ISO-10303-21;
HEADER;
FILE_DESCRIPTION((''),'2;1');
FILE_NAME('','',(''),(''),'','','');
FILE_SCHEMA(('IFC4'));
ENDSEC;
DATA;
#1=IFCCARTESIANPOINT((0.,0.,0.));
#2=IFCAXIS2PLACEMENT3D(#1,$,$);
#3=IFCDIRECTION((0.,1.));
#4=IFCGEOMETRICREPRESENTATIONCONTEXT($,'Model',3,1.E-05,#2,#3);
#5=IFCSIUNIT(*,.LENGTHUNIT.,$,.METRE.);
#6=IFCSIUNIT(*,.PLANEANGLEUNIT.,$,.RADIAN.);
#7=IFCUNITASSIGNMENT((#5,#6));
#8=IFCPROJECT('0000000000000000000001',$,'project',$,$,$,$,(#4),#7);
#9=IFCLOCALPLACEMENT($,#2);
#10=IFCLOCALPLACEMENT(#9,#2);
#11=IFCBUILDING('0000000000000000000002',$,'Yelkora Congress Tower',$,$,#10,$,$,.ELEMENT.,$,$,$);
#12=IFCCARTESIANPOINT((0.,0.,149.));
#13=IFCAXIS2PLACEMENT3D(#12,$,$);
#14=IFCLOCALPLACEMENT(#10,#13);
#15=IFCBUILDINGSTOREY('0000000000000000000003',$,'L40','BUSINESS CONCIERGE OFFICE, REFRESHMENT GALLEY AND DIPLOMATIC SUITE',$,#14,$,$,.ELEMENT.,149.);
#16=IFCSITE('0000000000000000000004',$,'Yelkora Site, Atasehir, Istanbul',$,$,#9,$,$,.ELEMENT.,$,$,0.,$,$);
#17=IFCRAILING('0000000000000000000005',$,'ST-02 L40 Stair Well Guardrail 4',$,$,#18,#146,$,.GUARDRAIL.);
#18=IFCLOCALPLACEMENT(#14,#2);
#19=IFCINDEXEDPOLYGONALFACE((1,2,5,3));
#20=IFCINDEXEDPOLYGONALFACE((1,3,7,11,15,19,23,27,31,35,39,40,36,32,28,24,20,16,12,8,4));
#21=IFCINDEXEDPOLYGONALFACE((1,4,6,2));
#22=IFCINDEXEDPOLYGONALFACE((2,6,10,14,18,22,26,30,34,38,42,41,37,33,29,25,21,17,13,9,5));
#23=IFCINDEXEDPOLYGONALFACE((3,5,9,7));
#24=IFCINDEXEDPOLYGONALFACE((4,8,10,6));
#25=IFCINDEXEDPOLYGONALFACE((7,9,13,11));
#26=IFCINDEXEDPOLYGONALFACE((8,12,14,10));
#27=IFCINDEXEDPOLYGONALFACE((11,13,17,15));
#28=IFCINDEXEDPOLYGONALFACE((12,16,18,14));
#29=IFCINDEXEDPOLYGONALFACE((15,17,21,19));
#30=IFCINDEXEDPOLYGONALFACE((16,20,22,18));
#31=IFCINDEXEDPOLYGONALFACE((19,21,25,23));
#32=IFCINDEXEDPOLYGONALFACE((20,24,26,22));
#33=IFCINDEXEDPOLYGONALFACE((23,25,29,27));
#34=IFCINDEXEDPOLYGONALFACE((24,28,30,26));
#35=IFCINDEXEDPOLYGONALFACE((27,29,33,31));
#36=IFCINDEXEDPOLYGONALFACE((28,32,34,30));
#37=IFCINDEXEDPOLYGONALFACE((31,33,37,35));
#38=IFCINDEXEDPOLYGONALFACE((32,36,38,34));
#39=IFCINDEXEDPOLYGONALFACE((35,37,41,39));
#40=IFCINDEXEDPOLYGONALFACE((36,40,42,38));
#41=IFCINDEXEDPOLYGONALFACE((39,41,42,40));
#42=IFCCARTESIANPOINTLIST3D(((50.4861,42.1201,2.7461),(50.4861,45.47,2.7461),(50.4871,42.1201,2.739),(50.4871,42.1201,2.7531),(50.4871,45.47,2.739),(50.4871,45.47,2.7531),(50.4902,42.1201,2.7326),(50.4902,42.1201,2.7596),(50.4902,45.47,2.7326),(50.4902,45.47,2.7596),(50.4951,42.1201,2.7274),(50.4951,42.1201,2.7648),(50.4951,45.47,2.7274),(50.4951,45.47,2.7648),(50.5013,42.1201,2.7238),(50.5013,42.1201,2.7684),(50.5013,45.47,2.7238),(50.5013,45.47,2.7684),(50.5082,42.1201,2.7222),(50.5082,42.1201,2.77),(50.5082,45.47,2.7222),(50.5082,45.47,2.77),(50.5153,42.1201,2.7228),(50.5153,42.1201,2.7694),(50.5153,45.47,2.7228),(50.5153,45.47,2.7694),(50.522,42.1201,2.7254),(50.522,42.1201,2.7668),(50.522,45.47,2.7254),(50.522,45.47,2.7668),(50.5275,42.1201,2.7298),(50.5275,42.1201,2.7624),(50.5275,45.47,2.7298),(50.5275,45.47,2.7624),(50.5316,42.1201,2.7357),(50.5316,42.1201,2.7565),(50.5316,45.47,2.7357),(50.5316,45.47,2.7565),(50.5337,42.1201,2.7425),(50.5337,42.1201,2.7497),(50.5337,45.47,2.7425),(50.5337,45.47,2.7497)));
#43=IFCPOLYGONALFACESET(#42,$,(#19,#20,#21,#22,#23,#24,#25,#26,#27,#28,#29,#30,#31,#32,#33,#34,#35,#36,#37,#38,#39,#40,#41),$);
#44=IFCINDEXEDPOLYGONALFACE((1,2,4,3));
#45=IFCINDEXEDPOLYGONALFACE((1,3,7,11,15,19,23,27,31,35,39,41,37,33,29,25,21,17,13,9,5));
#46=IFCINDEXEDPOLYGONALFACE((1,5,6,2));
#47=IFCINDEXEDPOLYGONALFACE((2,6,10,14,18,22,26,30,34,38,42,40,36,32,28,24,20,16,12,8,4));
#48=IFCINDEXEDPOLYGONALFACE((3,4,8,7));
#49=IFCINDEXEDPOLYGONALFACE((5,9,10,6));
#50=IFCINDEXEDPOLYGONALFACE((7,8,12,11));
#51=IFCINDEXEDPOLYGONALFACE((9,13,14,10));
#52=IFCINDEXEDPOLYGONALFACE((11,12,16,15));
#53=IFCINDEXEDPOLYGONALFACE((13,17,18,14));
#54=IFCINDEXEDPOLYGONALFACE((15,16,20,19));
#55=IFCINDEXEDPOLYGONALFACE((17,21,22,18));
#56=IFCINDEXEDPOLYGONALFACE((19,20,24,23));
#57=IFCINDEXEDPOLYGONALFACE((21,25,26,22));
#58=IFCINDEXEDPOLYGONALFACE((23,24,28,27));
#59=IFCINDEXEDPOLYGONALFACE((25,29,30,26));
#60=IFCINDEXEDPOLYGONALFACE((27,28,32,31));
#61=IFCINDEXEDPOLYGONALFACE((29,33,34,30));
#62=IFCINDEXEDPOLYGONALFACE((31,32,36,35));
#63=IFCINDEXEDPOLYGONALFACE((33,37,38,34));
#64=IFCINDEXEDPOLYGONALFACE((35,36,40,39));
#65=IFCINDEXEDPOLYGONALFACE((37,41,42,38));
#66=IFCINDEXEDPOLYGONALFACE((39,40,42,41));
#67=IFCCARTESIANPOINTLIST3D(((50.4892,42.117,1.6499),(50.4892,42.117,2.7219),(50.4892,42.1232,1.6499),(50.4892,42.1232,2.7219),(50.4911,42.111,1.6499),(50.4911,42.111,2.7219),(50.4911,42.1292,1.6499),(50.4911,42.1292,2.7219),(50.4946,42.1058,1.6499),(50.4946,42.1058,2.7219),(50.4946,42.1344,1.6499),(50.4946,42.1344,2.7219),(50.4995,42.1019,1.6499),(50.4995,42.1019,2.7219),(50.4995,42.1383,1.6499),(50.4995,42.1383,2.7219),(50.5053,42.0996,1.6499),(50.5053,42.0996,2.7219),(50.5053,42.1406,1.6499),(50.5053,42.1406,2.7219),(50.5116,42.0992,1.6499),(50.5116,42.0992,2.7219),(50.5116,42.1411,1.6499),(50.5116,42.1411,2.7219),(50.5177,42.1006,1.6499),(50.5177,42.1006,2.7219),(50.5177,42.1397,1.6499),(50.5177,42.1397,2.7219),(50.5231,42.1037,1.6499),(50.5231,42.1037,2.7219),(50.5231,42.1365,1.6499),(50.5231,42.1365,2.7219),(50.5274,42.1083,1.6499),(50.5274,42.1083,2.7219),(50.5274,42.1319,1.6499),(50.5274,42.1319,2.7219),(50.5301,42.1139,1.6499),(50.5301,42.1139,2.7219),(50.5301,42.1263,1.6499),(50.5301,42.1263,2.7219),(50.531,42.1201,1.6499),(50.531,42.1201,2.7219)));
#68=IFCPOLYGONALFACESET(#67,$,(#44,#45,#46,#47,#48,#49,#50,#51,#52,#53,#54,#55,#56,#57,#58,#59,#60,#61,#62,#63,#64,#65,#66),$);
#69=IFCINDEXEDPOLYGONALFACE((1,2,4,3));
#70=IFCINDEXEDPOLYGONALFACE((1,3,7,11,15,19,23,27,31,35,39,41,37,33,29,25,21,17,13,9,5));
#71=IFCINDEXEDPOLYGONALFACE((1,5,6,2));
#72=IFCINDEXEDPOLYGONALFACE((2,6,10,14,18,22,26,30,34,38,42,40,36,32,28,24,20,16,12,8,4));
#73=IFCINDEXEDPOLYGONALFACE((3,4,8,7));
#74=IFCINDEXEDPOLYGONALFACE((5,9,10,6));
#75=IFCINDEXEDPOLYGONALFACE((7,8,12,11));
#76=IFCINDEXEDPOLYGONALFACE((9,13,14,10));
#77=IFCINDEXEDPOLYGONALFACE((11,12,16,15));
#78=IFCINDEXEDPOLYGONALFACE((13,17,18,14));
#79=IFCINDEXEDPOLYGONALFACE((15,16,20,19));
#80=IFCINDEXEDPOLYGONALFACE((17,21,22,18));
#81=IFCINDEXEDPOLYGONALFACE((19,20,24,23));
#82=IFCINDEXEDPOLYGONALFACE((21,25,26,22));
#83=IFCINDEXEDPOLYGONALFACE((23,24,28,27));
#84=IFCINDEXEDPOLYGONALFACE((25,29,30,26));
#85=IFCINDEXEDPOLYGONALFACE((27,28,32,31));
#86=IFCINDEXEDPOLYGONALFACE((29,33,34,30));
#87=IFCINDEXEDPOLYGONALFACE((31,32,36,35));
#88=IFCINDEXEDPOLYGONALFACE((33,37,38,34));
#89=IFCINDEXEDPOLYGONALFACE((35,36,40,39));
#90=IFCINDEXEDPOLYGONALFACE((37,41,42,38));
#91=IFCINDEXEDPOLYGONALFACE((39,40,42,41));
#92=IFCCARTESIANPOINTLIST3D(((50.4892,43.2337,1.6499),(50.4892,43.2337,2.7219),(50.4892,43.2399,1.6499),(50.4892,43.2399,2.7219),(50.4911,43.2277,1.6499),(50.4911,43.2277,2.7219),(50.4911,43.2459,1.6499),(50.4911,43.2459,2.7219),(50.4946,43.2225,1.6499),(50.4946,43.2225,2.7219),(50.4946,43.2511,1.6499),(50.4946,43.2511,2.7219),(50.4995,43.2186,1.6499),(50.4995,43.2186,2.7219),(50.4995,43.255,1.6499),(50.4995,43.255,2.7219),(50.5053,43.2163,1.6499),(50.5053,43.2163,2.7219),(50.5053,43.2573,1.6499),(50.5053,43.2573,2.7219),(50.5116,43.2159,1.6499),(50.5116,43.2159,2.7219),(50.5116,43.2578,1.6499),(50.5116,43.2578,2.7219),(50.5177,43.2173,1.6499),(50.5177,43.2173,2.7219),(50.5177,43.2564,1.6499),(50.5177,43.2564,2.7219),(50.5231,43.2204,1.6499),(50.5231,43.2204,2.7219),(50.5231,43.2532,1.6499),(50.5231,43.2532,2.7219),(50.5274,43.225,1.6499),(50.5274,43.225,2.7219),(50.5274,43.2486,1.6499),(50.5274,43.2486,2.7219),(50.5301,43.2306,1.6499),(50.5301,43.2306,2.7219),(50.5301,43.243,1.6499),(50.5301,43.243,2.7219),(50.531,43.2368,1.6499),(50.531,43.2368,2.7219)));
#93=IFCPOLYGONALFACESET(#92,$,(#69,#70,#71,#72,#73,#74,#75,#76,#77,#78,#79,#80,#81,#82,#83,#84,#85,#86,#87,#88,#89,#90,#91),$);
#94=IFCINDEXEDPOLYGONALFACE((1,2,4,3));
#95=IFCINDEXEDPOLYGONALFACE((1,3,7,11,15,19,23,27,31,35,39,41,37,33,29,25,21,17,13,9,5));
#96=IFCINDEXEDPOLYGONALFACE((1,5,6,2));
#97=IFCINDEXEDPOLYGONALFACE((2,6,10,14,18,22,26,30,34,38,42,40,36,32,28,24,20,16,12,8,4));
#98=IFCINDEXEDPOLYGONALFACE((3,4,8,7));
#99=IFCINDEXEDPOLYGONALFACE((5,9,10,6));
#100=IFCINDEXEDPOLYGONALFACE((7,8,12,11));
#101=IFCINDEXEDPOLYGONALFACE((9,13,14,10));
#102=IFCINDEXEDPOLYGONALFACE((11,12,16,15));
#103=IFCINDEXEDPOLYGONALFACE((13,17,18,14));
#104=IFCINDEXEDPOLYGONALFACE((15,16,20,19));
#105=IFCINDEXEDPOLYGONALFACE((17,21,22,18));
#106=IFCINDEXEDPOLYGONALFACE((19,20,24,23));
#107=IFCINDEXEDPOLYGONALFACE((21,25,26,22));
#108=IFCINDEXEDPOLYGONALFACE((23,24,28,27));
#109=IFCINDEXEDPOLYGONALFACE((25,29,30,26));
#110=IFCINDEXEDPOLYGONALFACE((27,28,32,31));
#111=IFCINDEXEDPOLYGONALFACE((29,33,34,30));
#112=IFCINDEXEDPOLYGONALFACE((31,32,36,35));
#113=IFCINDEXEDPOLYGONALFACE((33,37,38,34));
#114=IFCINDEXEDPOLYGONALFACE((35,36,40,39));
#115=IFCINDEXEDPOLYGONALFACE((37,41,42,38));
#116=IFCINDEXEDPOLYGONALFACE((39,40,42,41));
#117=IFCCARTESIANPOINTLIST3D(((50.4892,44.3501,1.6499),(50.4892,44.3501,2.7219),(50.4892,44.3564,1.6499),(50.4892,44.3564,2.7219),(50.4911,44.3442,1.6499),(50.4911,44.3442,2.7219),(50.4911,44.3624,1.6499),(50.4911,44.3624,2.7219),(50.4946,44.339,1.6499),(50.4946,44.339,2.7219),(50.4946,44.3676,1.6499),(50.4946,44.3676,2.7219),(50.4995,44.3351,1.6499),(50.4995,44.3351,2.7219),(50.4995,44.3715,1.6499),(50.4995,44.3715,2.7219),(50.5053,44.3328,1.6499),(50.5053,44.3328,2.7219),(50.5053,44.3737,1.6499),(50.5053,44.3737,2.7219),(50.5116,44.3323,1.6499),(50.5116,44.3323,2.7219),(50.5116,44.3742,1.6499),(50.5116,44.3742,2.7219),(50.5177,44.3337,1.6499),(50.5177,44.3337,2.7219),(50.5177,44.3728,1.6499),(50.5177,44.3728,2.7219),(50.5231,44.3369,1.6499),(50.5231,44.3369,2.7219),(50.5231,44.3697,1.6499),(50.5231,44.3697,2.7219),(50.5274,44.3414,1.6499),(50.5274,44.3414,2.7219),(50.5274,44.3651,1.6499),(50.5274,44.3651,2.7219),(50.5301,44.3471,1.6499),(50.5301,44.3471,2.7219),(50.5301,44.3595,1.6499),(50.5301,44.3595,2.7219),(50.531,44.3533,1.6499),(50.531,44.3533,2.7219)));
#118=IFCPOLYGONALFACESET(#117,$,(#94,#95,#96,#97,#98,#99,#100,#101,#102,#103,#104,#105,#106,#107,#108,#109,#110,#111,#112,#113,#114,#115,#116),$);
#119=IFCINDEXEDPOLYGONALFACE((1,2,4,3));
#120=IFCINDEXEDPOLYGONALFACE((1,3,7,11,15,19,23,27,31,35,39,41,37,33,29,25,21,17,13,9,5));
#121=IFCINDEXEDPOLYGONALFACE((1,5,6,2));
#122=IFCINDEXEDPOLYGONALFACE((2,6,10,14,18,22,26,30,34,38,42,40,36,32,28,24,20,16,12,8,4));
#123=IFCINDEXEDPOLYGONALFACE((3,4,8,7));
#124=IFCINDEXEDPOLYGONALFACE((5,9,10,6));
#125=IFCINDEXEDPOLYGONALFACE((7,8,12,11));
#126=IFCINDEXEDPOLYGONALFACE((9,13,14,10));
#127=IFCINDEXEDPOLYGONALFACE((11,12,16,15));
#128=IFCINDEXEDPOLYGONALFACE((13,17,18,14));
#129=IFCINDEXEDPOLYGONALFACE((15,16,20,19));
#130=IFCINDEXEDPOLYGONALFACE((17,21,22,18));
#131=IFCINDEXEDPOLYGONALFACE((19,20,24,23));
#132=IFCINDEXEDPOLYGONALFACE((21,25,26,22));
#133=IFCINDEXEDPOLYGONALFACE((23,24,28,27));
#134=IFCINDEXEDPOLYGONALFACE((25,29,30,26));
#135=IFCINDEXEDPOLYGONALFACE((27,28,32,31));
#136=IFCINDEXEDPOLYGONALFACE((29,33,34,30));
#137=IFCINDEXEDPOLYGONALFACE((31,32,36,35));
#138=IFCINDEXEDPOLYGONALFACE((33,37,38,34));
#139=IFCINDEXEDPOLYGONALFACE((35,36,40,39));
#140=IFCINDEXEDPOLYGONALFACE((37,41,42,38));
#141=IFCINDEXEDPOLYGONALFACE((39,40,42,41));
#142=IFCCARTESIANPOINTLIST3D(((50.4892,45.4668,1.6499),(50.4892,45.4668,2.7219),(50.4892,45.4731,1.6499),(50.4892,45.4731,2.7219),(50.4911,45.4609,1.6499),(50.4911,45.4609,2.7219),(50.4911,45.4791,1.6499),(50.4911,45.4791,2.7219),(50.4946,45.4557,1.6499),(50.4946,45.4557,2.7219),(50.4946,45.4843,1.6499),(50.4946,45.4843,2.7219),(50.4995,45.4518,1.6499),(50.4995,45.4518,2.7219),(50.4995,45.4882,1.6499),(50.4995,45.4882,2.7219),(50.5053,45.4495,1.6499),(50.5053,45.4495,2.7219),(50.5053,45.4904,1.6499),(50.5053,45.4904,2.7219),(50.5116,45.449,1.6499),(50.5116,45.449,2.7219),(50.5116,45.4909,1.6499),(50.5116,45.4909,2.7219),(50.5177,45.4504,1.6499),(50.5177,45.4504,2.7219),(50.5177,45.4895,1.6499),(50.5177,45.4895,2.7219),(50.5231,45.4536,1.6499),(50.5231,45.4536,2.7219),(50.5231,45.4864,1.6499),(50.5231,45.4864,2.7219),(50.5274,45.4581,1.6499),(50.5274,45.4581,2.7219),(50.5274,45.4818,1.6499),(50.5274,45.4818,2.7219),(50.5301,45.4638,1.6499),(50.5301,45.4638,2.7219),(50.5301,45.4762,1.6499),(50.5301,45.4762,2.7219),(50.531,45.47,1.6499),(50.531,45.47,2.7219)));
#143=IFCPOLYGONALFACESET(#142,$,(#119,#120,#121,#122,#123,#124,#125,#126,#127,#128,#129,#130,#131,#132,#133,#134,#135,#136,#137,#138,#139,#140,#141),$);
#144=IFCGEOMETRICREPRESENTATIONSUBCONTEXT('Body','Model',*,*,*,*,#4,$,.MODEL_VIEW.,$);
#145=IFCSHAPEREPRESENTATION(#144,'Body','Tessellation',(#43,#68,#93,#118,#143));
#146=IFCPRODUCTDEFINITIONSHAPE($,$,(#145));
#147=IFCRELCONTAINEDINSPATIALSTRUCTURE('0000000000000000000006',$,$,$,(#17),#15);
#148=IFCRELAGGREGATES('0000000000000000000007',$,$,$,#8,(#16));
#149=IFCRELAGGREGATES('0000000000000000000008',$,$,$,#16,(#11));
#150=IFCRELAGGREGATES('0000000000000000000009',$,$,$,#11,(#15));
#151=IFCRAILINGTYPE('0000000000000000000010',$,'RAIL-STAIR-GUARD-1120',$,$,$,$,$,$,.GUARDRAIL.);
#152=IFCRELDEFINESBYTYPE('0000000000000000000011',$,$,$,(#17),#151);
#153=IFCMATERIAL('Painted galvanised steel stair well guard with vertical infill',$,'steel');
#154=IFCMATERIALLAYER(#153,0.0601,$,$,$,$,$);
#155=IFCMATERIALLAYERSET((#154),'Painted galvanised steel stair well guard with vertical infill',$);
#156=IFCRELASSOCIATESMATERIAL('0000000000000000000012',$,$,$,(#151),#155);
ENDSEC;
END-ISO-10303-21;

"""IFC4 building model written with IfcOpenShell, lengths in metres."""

from ifc_helpers import new_model, si_unit, direction, frame, origin, origin_2d, place, context, subcontext, project, spatial, circle, extrude, material, layer, layer_set, type_object, element, save


model = new_model("IFC4")

# Units and contexts
model_context = context("Model", 3, precision=1e-05, world=origin(), true_north=direction((0.0, 1.0)))
body_context = subcontext(model_context, "Body", "Model", "MODEL_VIEW")
ifc_project = project(units=[si_unit("LENGTHUNIT", "METRE"), si_unit("PLANEANGLEUNIT", "RADIAN")], contexts=[model_context])

# Site, building, storey
site_placement = place(None, origin())
site = spatial("IfcSite", under=ifc_project, at=site_placement, Name="Yelkora Site, Atasehir, Istanbul", CompositionType="ELEMENT", RefElevation=0.0)
building_placement = place(site_placement, origin())
building = spatial("IfcBuilding", under=site, at=building_placement, Name="Yelkora Congress Tower", CompositionType="ELEMENT")
storey_placement = place(building_placement, frame((0.0, 0.0, 149.0)))
storey = spatial("IfcBuildingStorey", under=building, at=storey_placement, Name="L40", Description="BUSINESS CONCIERGE OFFICE, REFRESHMENT GALLEY AND DIPLOMATIC SUITE", CompositionType="ELEMENT", Elevation=149.0)

# Railing
ifc_material_1 = material(Name="Painted galvanised steel stair well guard with vertical infill", Category="steel")
ifc_layer_1 = layer(ifc_material_1, 0.0601)
ifc_layer_set_1 = layer_set([ifc_layer_1], Name="Painted galvanised steel stair well guard with vertical infill")
railing_type_1 = type_object("IfcRailingType", Name="RAIL-STAIR-GUARD-1120", PredefinedType="GUARDRAIL", material=ifc_layer_set_1)
for number, where, name in (
    (1, (50.51, 42.1201, 1.6499), "ST-02 L40 Stair Well Guardrail 4"),
):
    element("IfcRailing", number, at=place(storey_placement, frame(where)), inside=storey, type_object=railing_type_1, Name=name, PredefinedType="GUARDRAIL", context=body_context, shape_type="SweptSolid", body=[
        extrude(circle(Radius=0.0239, at=origin_2d()), frame((0.0, 0.0, 1.0962), z_axis=(0.0, 1.0, 0.0), x_axis=(-1.0, 0.0, 0.0)), (0.0, 0.0, 1.0), 3.3499),
        extrude(circle(Radius=0.021, at=origin_2d()), origin(), (0.0, 0.0, 1.0), 1.072),
        extrude(circle(Radius=0.021, at=origin_2d()), frame((0.0, 1.1167, 0.0)), (0.0, 0.0, 1.0), 1.072),
        extrude(circle(Radius=0.021, at=origin_2d()), frame((0.0, 2.2332, 0.0)), (0.0, 0.0, 1.0), 1.072),
        extrude(circle(Radius=0.021, at=origin_2d()), frame((0.0, 3.3499, 0.0)), (0.0, 0.0, 1.0), 1.072),
    ])

save(model, "model.ifc")
